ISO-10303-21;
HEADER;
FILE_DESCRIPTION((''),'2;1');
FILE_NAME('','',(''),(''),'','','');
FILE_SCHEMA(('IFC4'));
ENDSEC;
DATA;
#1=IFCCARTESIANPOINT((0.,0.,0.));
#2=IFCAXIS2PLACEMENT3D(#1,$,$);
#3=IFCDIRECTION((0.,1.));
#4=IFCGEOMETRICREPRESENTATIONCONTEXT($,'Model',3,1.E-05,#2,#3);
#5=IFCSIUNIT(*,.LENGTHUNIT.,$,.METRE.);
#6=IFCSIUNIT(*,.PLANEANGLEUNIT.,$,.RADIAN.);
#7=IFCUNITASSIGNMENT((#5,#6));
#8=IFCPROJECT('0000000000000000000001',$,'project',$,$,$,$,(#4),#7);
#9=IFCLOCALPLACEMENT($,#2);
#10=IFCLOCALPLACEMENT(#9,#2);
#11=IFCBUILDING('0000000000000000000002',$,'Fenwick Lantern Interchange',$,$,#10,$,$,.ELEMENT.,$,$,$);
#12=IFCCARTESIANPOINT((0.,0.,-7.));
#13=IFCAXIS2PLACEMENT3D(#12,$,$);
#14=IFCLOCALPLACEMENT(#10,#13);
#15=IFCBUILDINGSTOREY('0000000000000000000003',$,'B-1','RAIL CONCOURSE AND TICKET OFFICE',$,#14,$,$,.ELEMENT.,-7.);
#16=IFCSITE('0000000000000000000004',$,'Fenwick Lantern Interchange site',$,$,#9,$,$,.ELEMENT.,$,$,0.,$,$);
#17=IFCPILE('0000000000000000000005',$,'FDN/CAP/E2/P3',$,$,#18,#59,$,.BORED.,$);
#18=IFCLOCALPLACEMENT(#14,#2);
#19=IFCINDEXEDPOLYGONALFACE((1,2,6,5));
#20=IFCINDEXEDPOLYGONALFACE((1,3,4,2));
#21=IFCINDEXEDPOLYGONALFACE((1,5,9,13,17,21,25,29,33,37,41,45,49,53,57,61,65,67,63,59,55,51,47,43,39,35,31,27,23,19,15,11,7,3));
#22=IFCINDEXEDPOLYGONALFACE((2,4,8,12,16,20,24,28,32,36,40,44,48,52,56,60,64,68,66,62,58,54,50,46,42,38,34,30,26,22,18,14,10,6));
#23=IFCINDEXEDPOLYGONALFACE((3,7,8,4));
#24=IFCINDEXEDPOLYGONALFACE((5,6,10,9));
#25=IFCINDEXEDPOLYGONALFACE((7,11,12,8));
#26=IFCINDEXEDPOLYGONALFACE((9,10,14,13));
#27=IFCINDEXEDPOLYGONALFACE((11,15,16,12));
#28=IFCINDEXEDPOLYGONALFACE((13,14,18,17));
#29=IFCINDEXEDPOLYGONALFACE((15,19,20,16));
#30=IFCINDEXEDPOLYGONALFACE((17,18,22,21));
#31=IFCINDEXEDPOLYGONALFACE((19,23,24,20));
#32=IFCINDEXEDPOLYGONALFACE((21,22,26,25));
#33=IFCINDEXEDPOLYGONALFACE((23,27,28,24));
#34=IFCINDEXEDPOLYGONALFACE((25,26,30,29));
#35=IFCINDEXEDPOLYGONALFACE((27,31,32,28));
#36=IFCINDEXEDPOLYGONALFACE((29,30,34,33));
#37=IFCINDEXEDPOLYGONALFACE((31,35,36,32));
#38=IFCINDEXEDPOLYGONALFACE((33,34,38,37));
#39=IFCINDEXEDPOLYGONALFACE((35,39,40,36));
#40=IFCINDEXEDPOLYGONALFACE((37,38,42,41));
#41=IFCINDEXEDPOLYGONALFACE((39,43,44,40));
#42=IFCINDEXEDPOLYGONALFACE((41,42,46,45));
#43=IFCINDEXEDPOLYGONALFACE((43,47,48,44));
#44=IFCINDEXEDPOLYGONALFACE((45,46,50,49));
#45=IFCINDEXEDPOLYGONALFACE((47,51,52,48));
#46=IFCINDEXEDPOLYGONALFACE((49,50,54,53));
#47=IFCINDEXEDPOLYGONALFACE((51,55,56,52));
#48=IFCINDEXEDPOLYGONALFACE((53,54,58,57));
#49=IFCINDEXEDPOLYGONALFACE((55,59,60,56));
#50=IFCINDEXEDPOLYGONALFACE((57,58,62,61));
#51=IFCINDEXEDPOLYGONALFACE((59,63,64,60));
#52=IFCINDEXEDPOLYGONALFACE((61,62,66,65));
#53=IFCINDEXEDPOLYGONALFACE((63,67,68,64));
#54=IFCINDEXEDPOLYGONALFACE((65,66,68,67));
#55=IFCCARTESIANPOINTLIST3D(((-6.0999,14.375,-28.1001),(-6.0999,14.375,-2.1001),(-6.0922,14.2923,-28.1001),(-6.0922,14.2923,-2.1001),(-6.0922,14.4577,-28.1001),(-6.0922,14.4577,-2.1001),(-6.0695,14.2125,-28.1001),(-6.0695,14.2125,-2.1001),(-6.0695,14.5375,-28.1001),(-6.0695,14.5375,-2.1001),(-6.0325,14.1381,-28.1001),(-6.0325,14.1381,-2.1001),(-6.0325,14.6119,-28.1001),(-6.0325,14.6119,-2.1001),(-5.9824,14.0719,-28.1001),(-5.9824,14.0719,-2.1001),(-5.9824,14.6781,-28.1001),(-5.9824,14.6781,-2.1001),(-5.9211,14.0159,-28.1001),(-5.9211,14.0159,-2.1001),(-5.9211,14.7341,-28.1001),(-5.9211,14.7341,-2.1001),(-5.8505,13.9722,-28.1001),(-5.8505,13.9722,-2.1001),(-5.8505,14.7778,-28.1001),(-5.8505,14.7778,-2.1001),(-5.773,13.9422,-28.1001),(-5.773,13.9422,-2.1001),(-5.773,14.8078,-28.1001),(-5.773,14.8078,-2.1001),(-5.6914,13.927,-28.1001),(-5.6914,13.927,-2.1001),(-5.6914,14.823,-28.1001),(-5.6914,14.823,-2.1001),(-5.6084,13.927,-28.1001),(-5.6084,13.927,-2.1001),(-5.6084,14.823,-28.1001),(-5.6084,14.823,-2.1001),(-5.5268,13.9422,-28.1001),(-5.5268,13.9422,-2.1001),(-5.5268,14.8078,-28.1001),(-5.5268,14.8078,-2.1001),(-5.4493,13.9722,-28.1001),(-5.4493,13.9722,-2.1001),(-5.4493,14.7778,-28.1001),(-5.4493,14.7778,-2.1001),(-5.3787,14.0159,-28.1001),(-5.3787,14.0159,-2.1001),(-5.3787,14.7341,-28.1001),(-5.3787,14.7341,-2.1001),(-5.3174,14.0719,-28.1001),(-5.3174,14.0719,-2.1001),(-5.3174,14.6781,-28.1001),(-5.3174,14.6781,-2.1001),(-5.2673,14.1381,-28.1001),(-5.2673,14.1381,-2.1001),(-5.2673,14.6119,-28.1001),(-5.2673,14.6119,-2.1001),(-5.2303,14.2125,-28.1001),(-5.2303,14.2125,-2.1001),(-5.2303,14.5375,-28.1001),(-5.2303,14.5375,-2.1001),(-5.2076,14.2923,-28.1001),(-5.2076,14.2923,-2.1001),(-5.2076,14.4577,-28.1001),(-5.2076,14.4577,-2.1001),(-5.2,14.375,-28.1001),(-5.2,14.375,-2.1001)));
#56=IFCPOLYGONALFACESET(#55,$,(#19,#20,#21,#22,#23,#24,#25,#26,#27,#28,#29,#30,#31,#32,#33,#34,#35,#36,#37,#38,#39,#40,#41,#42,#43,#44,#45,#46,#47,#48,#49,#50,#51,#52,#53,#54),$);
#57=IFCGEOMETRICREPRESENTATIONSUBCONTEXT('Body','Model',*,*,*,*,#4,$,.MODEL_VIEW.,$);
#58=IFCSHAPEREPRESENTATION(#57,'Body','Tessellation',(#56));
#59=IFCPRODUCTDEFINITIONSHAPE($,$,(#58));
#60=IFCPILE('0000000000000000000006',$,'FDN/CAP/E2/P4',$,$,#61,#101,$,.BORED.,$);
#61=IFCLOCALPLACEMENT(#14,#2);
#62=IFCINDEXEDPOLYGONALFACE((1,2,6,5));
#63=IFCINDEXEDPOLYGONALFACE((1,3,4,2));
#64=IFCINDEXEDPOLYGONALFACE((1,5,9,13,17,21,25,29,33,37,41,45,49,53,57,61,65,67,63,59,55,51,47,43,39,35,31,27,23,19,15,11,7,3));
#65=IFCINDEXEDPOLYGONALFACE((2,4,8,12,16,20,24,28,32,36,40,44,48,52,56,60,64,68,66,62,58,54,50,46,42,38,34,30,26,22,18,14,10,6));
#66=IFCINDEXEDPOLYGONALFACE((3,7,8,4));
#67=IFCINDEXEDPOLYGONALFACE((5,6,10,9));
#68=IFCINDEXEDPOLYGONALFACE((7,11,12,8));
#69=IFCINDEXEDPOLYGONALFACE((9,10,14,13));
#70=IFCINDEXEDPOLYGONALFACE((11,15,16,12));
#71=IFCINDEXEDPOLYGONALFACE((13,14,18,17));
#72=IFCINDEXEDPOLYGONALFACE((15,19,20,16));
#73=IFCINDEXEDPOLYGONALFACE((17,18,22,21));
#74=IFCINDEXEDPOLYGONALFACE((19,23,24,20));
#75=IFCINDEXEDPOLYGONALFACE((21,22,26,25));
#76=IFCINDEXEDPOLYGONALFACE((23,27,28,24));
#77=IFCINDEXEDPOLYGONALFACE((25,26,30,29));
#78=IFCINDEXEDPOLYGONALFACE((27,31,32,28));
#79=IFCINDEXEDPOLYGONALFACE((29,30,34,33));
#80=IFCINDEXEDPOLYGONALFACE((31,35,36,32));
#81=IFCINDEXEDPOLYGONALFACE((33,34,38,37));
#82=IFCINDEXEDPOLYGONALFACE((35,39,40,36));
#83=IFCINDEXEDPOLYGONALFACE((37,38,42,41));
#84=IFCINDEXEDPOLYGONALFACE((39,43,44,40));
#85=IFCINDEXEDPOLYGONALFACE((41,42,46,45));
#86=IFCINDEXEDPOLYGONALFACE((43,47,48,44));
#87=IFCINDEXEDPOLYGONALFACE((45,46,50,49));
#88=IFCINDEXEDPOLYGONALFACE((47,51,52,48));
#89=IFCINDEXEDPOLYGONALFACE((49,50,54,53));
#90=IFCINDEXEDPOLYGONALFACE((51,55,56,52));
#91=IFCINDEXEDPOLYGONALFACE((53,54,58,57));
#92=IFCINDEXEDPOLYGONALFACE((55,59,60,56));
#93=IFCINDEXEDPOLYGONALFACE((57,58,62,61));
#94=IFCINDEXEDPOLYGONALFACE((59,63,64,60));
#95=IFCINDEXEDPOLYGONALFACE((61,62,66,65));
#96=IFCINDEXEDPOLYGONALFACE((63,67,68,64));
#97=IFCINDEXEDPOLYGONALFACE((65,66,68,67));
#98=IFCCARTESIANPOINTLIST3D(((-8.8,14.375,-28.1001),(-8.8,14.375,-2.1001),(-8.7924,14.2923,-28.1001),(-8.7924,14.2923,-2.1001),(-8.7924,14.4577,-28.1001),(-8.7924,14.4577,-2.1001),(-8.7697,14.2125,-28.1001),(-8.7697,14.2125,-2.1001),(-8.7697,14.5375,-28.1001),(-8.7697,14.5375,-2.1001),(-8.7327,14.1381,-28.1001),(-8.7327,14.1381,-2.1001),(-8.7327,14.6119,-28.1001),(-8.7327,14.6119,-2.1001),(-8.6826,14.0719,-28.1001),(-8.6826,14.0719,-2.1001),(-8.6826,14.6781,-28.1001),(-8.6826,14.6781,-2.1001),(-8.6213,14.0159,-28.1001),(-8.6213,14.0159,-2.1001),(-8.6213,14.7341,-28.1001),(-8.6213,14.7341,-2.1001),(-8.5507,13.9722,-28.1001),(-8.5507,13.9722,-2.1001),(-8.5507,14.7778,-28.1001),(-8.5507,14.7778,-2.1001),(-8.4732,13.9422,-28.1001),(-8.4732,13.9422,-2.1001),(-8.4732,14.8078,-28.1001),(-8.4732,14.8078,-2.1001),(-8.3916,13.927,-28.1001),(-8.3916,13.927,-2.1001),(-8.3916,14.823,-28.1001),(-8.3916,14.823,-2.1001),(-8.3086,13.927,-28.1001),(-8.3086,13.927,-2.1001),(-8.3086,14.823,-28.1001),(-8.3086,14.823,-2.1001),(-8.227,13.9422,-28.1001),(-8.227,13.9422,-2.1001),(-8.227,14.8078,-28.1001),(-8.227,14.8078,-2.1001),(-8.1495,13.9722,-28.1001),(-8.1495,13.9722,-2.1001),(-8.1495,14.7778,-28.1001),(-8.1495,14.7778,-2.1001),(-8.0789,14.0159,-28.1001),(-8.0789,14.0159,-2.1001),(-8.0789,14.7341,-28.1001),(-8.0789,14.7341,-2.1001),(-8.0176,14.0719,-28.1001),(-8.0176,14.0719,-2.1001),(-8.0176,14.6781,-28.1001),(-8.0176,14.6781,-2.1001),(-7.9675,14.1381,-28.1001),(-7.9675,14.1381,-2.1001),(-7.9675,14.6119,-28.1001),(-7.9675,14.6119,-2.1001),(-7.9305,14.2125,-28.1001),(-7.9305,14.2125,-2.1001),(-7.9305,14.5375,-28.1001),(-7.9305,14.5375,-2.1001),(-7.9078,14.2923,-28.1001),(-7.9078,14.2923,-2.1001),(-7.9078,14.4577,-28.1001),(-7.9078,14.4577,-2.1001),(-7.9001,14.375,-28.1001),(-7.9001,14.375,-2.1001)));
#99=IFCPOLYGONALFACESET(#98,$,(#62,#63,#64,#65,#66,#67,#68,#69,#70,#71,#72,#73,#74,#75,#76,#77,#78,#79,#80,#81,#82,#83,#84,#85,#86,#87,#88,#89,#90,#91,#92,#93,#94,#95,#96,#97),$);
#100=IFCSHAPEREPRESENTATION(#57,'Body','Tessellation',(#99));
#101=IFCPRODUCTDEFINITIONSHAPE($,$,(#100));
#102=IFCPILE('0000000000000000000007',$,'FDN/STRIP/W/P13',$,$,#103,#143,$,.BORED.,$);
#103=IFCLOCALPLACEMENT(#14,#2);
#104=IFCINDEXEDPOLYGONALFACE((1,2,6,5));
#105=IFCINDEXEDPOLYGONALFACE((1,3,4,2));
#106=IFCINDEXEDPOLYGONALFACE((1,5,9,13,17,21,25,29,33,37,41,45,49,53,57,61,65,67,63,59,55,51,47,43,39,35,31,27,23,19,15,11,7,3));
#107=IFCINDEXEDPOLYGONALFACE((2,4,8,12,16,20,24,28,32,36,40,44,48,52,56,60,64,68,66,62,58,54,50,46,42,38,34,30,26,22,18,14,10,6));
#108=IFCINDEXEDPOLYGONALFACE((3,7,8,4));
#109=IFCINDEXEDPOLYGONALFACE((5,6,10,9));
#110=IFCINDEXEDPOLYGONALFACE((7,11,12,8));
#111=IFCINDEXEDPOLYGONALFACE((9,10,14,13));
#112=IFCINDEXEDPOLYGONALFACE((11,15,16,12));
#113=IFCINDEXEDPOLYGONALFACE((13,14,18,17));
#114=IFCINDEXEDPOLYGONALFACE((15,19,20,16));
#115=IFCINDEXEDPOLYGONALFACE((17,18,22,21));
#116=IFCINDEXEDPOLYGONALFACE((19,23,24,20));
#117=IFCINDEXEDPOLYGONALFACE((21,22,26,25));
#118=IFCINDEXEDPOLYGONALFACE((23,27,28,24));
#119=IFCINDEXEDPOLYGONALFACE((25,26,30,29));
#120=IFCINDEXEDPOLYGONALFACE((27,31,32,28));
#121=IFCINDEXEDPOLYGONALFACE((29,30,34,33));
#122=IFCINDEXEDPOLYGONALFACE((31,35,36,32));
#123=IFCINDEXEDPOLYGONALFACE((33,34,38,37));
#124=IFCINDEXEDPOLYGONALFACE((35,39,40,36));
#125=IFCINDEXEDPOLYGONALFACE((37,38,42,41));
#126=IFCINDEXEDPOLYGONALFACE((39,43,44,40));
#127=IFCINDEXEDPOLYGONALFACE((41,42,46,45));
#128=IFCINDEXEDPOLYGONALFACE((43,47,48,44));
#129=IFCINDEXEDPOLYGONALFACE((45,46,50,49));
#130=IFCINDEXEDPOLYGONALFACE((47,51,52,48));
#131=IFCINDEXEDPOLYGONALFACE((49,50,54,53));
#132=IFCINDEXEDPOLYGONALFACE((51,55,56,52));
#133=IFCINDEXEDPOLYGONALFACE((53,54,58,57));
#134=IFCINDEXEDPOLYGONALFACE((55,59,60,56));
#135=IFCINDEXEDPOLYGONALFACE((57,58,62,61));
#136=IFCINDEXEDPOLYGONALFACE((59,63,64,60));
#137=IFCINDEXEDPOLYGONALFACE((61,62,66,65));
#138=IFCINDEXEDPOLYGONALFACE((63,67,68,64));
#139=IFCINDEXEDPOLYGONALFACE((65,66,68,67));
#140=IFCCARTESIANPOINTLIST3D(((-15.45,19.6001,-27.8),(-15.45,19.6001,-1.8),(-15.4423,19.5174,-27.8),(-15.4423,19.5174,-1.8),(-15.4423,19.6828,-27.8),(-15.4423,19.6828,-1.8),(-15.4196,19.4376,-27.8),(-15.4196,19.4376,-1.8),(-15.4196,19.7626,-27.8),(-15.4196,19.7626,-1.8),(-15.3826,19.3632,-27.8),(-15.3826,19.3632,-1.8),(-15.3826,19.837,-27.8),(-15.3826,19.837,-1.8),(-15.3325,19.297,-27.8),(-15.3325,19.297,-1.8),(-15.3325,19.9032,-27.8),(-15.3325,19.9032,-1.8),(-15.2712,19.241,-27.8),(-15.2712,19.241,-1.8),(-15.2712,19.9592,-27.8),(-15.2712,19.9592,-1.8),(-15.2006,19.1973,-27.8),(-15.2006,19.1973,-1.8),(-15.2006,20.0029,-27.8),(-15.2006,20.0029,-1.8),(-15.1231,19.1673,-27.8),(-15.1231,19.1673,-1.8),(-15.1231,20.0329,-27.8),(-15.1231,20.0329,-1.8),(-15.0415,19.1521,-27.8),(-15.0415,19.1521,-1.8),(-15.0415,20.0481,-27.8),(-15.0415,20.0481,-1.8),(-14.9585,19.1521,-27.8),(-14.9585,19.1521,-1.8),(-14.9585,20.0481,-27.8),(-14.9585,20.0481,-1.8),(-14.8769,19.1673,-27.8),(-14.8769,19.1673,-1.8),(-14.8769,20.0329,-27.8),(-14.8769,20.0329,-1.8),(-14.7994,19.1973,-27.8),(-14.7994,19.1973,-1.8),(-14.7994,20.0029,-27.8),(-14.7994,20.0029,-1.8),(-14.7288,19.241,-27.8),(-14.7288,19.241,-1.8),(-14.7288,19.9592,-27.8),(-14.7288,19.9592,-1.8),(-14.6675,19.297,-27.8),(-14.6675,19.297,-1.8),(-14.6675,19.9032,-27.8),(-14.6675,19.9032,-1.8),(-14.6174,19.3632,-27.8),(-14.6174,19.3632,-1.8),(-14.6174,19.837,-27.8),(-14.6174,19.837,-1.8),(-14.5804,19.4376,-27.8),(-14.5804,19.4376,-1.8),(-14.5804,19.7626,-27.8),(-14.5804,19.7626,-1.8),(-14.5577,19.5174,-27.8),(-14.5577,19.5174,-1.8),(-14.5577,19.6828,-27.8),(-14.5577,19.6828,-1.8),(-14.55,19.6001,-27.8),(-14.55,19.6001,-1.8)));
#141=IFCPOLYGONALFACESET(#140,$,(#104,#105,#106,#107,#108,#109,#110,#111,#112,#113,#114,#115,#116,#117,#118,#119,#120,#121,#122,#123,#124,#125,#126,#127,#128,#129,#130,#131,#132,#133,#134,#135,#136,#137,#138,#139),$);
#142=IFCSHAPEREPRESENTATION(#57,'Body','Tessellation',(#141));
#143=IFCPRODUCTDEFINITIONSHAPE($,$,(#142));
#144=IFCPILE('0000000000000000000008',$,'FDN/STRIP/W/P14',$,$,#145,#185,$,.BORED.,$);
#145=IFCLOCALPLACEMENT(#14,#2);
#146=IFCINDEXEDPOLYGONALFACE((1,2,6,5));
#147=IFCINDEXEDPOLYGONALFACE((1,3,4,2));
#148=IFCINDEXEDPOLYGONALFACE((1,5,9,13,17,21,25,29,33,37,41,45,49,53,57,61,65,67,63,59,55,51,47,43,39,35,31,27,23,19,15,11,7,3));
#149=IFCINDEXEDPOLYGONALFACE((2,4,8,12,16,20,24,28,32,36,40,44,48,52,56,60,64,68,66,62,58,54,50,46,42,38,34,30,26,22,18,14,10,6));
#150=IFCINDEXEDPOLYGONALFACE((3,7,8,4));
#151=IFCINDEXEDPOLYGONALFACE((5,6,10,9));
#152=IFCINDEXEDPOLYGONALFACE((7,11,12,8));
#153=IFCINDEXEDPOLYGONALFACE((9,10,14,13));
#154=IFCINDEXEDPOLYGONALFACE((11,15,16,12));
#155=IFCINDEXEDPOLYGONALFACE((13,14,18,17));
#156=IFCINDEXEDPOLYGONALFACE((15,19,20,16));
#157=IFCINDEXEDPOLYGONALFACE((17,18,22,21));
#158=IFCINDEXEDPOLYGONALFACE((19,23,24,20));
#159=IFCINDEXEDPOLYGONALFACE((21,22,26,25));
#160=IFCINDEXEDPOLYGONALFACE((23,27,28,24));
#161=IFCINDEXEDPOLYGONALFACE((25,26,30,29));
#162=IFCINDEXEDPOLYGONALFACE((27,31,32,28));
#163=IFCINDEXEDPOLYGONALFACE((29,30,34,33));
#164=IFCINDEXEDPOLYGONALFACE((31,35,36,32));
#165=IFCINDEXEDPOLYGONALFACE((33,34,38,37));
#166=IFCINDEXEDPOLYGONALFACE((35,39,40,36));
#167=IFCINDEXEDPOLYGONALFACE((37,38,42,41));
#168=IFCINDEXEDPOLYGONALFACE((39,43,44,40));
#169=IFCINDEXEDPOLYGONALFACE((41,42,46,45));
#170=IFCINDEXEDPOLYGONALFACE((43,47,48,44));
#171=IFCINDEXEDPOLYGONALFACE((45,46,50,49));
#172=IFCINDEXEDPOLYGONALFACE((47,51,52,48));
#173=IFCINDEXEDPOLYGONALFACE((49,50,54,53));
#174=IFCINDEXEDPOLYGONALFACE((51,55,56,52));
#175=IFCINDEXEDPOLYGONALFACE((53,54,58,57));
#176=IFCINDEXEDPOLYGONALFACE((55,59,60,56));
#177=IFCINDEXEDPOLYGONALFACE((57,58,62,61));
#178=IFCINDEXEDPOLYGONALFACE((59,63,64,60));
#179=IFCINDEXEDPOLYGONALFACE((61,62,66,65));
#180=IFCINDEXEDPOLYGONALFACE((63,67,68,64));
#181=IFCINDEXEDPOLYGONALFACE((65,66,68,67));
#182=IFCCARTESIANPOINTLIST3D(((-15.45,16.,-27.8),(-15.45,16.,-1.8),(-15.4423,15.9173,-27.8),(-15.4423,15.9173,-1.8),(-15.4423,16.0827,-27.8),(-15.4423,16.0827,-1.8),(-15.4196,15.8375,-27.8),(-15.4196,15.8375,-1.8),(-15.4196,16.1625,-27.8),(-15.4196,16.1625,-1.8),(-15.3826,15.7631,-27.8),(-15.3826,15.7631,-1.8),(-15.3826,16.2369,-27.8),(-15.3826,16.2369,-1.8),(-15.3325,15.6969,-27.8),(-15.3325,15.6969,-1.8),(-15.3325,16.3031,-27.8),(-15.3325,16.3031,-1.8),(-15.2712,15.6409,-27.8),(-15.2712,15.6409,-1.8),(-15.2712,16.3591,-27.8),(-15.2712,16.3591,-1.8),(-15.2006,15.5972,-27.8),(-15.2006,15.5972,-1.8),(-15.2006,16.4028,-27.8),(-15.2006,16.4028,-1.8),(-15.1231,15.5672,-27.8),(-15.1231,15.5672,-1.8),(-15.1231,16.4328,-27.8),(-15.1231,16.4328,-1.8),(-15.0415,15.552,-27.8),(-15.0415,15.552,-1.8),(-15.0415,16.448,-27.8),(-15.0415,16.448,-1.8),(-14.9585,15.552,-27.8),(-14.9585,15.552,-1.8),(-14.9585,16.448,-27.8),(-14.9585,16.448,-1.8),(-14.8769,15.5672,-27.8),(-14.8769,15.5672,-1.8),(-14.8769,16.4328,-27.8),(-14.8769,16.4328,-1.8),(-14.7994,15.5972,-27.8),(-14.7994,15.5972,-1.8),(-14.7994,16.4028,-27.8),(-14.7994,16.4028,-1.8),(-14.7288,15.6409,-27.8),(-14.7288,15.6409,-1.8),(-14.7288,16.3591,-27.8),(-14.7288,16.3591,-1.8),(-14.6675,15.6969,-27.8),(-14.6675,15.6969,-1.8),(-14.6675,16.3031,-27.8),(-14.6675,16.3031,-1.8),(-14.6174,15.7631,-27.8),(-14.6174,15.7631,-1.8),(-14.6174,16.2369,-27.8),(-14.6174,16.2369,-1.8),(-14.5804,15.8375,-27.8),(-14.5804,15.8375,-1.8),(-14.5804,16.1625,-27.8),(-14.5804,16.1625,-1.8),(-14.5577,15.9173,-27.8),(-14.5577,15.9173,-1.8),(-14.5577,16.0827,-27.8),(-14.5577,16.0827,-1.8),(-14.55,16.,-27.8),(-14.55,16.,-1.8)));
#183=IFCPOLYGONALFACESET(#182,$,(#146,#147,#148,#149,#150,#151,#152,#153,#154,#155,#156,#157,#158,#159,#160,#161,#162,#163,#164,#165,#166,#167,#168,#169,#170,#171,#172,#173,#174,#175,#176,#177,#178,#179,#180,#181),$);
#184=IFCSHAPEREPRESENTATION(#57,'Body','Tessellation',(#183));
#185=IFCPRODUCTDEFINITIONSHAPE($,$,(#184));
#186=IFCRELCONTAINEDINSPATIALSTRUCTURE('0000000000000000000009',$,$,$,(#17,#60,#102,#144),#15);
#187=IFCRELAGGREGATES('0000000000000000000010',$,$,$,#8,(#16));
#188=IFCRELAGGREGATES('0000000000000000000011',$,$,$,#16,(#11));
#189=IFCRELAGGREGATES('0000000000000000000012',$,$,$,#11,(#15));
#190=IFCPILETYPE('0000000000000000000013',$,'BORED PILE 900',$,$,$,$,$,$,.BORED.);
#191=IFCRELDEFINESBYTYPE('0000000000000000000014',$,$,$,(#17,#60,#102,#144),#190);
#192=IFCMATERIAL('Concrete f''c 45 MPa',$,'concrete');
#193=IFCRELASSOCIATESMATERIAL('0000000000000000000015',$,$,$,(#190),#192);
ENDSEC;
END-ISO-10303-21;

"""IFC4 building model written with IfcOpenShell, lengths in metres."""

from ifc_helpers import new_model, si_unit, direction, frame, origin, origin_2d, place, context, subcontext, project, spatial, circle, extrude, material, type_object, element, save


model = new_model("IFC4")

# Units and contexts
model_context = context("Model", 3, precision=1e-05, world=origin(), true_north=direction((0.0, 1.0)))
body_context = subcontext(model_context, "Body", "Model", "MODEL_VIEW")
ifc_project = project(units=[si_unit("LENGTHUNIT", "METRE"), si_unit("PLANEANGLEUNIT", "RADIAN")], contexts=[model_context])

# Site, building, storey
site_placement = place(None, origin())
site = spatial("IfcSite", under=ifc_project, at=site_placement, Name="Fenwick Lantern Interchange site", CompositionType="ELEMENT", RefElevation=0.0)
building_placement = place(site_placement, origin())
building = spatial("IfcBuilding", under=site, at=building_placement, Name="Fenwick Lantern Interchange", CompositionType="ELEMENT")
storey_placement = place(building_placement, frame((0.0, 0.0, -7.0)))
storey = spatial("IfcBuildingStorey", under=building, at=storey_placement, Name="B-1", Description="RAIL CONCOURSE AND TICKET OFFICE", CompositionType="ELEMENT", Elevation=-7.0)

# Piles
ifc_material_1 = material(Name="Concrete f'c 45 MPa", Category="concrete")
pile_type_1 = type_object("IfcPileType", Name="BORED PILE 900", PredefinedType="BORED", material=ifc_material_1)
for number, where, z_axis, x_axis, name in (
    (1, (-5.6499, 14.375, -2.1001), (0.0, 0.0, -1.0), (1.0, 0.0, 0.0), "FDN/CAP/E2/P3"),
    (2, (-8.3501, 14.375, -2.1001), (0.0, 0.0, -1.0), (1.0, 0.0, 0.0), "FDN/CAP/E2/P4"),
    (3, (-15.0, 19.6001, -1.8), (0.0, 0.0, -1.0), (1.0, 0.0, 0.0), "FDN/STRIP/W/P13"),
    (4, (-15.0, 16.0, -1.8), (0.0, 0.0, -1.0), (1.0, 0.0, 0.0), "FDN/STRIP/W/P14"),
):
    element("IfcPile", number, at=place(storey_placement, frame(where, z_axis=z_axis, x_axis=x_axis)), inside=storey, type_object=pile_type_1, Name=name, PredefinedType="BORED", context=body_context, shape_type="SweptSolid", body=[
        extrude(circle(Radius=0.45, at=origin_2d()), origin(), (0.0, 0.0, 1.0), 26.0),
    ])

save(model, "model.ifc")
